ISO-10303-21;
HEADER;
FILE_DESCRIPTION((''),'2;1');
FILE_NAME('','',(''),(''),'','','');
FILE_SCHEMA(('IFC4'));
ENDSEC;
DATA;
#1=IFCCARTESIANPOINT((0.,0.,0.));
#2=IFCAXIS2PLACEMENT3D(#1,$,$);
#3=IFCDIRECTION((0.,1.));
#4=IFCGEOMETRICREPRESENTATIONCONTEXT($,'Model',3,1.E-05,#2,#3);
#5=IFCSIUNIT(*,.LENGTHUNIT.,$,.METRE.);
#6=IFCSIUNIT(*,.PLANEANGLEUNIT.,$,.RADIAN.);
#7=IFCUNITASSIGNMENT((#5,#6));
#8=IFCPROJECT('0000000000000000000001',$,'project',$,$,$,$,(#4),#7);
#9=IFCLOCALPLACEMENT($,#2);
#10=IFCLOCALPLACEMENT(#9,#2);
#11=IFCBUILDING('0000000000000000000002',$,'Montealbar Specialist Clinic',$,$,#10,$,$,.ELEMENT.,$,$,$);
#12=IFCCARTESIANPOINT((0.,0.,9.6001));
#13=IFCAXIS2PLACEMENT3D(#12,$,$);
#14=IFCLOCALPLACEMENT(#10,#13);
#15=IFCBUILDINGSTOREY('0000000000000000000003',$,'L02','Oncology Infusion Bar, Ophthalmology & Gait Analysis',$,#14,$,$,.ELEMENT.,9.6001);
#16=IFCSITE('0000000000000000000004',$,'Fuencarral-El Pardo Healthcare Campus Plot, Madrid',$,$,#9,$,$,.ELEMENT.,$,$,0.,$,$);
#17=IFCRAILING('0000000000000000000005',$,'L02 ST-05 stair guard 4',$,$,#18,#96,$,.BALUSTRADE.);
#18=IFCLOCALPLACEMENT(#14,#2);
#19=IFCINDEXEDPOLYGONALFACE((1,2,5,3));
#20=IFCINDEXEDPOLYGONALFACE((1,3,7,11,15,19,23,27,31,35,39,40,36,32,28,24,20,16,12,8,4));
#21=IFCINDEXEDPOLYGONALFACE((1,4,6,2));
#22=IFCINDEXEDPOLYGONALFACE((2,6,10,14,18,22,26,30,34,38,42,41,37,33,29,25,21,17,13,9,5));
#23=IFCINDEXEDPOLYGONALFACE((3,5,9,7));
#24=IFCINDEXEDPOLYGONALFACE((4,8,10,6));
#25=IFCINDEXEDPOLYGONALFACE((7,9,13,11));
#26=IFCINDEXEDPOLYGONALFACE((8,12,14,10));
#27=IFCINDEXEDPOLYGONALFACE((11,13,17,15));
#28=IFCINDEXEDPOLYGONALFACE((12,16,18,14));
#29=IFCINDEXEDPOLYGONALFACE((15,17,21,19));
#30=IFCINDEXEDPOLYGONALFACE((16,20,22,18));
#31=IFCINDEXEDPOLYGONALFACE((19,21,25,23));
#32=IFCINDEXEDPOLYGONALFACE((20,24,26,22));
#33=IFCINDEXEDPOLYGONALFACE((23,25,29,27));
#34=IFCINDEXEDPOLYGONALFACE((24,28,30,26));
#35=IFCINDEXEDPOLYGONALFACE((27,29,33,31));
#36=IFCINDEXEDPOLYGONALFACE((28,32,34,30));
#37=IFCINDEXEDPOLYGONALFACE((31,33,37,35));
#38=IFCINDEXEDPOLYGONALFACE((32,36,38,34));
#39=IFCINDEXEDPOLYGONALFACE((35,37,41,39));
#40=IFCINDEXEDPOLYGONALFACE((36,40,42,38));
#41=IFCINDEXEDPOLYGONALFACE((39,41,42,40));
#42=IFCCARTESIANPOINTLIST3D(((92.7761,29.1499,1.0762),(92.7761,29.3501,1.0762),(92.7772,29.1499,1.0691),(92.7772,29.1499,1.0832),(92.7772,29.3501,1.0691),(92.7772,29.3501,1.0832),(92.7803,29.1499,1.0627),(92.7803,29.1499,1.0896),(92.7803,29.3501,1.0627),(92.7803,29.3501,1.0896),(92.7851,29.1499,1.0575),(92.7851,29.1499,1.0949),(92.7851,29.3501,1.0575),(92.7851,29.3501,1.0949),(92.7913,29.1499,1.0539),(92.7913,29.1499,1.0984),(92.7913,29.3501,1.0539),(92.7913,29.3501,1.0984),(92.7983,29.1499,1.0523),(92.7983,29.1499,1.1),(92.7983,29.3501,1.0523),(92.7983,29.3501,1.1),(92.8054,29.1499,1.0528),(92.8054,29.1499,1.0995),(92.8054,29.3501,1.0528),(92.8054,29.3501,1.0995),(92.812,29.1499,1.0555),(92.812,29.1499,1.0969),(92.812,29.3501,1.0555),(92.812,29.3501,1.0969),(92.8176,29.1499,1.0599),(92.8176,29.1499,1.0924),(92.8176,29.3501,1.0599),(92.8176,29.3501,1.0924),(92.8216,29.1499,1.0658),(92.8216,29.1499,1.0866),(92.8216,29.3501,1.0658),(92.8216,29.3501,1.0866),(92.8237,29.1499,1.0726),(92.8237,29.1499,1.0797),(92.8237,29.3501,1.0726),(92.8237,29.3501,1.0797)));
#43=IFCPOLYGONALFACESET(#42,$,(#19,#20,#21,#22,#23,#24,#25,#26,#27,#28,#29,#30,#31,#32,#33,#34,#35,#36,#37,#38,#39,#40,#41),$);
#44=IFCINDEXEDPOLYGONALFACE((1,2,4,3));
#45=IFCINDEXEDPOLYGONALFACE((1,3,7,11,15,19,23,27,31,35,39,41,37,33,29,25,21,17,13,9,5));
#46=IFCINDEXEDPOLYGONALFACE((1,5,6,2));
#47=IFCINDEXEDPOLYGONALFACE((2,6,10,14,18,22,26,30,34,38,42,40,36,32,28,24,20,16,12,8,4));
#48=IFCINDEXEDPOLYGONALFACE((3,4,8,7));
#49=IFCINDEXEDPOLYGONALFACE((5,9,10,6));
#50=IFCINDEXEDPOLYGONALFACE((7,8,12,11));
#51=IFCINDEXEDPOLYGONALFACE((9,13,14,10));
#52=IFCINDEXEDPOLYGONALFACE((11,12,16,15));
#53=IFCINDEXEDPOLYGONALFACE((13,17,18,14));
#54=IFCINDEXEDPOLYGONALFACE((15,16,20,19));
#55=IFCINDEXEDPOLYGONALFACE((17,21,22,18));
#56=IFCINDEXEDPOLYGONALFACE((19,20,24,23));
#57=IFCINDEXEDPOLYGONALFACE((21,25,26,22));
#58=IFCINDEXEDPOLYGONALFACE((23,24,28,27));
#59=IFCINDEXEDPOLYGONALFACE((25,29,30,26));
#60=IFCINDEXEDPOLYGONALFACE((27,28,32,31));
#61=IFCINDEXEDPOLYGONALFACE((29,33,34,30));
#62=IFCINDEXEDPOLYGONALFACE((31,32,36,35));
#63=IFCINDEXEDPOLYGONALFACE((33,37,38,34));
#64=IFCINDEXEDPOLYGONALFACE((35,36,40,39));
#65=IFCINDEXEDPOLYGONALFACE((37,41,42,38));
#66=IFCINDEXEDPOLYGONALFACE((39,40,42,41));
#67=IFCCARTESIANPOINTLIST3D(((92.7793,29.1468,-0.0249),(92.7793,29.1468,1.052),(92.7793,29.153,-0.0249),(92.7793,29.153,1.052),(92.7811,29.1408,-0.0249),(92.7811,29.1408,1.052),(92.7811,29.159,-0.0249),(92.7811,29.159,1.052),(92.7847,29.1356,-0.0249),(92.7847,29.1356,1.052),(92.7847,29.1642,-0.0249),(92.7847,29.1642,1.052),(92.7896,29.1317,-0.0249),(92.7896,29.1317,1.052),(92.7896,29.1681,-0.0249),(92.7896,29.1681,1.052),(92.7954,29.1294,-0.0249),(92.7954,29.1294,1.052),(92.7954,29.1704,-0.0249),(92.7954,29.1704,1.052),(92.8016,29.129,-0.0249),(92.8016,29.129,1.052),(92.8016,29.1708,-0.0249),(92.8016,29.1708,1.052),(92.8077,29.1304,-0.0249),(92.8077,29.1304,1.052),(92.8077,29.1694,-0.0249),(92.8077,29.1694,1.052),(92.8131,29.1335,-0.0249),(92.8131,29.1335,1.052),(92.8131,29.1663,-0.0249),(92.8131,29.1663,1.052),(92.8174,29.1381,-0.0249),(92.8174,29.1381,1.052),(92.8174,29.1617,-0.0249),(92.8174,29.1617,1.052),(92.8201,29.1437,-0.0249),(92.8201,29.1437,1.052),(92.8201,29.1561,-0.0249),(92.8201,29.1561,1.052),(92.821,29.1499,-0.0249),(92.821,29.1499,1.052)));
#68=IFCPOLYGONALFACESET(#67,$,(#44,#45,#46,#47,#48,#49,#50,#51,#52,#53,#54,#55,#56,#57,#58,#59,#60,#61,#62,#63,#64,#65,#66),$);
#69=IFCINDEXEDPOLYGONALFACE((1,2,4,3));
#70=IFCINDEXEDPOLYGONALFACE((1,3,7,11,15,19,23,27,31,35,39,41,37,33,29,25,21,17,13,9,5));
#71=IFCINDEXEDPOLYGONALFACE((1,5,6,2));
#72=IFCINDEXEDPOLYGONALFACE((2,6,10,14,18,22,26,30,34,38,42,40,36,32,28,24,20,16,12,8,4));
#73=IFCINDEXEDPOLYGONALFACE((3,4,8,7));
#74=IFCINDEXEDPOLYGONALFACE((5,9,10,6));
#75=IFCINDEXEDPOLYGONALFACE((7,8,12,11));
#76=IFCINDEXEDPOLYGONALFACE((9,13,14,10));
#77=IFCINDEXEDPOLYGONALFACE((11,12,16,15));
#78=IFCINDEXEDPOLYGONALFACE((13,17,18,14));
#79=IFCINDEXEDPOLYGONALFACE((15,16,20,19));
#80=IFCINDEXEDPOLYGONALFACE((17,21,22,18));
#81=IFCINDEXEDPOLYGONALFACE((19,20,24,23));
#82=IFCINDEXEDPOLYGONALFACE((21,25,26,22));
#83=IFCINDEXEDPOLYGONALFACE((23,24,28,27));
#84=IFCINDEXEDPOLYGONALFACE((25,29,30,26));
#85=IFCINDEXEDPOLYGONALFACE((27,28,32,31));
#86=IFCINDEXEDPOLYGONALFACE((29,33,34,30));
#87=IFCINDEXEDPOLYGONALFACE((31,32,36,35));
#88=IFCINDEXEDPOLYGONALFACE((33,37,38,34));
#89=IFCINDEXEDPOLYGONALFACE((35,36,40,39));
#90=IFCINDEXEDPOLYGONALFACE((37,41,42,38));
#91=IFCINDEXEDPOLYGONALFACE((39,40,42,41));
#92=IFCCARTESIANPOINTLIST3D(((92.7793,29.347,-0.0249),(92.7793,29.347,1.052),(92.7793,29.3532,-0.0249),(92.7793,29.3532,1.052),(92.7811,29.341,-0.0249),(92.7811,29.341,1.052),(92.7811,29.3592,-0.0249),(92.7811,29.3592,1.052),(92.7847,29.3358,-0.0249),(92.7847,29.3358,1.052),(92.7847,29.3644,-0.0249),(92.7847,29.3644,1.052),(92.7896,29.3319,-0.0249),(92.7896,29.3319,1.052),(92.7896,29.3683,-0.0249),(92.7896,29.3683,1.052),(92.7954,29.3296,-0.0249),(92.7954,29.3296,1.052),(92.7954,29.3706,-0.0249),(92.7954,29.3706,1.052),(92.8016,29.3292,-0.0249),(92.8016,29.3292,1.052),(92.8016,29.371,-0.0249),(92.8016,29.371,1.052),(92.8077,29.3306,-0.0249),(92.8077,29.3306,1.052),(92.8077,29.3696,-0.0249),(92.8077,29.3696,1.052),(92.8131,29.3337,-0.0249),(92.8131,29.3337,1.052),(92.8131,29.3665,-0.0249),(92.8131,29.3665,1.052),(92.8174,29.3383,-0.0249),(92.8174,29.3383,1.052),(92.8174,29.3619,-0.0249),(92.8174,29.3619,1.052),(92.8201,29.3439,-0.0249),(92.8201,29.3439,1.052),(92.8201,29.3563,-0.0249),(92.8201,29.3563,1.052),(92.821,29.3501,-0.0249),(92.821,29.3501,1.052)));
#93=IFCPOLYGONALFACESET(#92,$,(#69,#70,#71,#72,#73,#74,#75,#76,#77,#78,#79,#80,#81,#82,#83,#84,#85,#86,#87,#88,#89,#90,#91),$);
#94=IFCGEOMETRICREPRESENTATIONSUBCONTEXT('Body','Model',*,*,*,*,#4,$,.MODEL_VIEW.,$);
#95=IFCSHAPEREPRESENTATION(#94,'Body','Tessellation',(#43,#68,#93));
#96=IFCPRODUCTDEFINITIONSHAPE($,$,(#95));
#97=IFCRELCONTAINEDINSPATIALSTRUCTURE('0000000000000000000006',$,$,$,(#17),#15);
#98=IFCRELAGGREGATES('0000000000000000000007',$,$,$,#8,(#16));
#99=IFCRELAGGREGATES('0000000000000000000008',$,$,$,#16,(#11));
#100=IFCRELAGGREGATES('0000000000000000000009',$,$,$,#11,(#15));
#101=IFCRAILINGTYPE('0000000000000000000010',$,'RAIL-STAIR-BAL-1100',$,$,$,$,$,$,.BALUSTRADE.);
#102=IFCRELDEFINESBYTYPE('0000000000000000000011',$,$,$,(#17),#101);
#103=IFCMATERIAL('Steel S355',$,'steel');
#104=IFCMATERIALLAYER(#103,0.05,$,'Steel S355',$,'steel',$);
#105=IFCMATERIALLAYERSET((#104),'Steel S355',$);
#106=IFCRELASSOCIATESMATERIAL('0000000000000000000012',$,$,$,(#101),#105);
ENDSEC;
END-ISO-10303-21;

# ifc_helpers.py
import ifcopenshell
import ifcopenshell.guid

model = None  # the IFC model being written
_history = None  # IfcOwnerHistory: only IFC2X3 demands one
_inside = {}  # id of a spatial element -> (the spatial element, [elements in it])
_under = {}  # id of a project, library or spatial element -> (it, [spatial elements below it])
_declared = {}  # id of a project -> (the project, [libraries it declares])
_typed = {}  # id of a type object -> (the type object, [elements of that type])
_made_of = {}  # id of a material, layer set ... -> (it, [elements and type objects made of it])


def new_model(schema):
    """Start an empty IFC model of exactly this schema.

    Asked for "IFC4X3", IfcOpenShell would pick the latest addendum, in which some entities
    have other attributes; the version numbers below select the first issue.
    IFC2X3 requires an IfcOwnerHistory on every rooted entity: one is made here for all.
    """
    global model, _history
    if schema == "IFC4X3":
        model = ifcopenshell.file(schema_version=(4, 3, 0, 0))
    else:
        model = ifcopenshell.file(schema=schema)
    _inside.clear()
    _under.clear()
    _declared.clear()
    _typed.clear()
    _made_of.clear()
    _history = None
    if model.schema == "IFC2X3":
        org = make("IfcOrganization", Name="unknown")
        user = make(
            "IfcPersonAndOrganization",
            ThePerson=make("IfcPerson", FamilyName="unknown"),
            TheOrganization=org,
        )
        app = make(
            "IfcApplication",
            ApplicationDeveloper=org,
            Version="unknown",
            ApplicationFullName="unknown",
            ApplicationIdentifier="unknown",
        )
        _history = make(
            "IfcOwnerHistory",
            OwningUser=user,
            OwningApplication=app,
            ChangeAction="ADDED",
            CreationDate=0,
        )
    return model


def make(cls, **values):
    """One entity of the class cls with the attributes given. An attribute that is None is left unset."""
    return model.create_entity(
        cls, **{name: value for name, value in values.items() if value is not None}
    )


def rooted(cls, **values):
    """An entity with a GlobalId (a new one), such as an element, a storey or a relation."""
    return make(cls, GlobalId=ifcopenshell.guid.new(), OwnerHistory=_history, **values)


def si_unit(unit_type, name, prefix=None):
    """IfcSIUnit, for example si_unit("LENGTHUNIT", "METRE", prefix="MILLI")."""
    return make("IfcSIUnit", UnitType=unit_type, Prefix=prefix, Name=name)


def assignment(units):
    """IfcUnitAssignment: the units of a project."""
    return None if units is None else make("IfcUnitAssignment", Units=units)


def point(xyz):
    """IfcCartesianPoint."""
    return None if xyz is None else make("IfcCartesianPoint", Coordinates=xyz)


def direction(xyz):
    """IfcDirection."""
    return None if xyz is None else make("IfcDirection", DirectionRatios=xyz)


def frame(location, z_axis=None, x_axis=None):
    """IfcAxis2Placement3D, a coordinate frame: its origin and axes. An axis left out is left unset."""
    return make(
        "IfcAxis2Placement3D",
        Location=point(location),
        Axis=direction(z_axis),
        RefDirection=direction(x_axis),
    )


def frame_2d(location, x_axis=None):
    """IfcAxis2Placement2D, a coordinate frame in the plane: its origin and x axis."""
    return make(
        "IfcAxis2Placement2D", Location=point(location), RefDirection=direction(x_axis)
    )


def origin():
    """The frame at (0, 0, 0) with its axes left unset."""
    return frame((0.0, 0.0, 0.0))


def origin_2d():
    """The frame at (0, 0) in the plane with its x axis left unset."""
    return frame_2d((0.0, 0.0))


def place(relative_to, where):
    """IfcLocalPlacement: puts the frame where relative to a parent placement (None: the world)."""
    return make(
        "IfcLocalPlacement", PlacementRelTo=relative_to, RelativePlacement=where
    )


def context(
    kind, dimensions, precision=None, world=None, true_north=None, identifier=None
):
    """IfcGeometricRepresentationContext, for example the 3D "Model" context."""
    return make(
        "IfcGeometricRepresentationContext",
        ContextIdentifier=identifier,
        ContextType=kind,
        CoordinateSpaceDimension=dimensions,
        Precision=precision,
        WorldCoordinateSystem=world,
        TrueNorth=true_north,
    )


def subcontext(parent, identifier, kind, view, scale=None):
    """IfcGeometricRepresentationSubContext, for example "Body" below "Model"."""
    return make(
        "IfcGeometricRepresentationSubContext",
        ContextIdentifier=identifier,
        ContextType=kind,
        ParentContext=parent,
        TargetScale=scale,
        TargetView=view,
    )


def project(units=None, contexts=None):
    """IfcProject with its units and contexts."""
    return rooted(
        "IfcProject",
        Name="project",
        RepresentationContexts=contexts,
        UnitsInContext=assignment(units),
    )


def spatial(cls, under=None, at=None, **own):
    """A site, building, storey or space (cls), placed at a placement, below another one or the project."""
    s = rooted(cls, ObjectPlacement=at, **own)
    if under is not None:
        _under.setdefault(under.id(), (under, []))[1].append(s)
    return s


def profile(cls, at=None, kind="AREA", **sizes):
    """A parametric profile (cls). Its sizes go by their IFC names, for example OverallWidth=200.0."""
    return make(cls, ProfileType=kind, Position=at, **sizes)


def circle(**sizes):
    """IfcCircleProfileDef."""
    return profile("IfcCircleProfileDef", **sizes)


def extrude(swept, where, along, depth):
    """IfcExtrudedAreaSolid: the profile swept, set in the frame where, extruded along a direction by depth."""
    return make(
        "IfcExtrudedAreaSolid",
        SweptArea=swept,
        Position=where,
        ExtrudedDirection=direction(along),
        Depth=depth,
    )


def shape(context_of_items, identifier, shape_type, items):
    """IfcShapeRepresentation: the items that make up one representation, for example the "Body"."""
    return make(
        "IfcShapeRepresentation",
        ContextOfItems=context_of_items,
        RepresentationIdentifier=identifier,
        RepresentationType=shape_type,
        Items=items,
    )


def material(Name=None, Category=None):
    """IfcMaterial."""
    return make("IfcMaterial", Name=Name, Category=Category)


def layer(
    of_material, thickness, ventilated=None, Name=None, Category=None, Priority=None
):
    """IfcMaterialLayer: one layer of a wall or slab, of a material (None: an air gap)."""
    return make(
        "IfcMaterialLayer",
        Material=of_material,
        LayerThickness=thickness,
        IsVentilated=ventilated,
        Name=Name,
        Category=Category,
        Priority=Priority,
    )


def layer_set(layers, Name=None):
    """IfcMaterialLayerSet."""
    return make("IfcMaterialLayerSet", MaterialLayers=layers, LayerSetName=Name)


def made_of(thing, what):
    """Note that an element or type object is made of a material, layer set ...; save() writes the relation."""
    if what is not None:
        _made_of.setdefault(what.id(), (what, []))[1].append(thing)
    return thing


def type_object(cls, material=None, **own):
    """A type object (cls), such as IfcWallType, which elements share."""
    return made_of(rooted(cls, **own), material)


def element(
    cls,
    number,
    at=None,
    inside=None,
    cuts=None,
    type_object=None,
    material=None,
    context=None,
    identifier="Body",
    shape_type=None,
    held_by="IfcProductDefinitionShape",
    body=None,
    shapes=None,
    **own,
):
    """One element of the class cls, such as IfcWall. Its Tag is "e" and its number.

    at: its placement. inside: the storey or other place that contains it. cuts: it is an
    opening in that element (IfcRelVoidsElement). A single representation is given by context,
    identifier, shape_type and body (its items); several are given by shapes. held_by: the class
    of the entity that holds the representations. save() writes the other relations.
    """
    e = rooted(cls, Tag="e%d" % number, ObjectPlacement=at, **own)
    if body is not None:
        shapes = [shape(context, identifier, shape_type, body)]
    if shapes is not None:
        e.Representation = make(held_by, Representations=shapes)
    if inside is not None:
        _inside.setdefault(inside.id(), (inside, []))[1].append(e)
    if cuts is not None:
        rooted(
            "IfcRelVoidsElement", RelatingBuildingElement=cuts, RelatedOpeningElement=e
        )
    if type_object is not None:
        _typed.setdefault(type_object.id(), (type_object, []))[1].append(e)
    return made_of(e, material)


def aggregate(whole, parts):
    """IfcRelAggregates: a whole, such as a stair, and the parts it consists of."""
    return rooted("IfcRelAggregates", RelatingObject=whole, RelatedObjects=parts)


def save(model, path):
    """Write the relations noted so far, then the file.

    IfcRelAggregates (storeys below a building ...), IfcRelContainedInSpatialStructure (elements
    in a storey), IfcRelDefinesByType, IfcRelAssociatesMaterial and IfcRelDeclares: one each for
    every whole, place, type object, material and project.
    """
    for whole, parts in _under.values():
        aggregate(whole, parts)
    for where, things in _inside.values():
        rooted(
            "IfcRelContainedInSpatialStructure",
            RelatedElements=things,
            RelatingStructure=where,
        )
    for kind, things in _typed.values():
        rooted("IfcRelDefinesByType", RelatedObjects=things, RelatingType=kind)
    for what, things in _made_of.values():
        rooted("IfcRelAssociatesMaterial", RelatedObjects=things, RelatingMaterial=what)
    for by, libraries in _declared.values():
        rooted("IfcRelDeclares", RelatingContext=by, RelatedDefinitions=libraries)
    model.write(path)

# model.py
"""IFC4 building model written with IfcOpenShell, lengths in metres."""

from ifc_helpers import new_model, si_unit, direction, frame, origin, origin_2d, place, context, subcontext, project, spatial, circle, extrude, material, layer, layer_set, type_object, element, save


model = new_model("IFC4")

# Units and contexts
model_context = context("Model", 3, precision=1e-05, world=origin(), true_north=direction((0.0, 1.0)))
body_context = subcontext(model_context, "Body", "Model", "MODEL_VIEW")
ifc_project = project(units=[si_unit("LENGTHUNIT", "METRE"), si_unit("PLANEANGLEUNIT", "RADIAN")], contexts=[model_context])

# Site, building, storey
site_placement = place(None, origin())
site = spatial("IfcSite", under=ifc_project, at=site_placement, Name="Fuencarral-El Pardo Healthcare Campus Plot, Madrid", CompositionType="ELEMENT", RefElevation=0.0)
building_placement = place(site_placement, origin())
building = spatial("IfcBuilding", under=site, at=building_placement, Name="Montealbar Specialist Clinic", CompositionType="ELEMENT")
storey_placement = place(building_placement, frame((0.0, 0.0, 9.6001)))
storey = spatial("IfcBuildingStorey", under=building, at=storey_placement, Name="L02", Description="Oncology Infusion Bar, Ophthalmology & Gait Analysis", CompositionType="ELEMENT", Elevation=9.6001)

# Shared definitions
ifc_material_1 = material(Name="Steel S355", Category="steel")

# Railing
ifc_layer_1 = layer(ifc_material_1, 0.05, Name="Steel S355", Category="steel")
ifc_layer_set_1 = layer_set([ifc_layer_1], Name="Steel S355")
railing_type = type_object("IfcRailingType", Name="RAIL-STAIR-BAL-1100", PredefinedType="BALUSTRADE", material=ifc_layer_set_1)
railing_1_placement = place(storey_placement, frame((92.8, 29.1499, 0.0)))
element("IfcRailing", 1, at=railing_1_placement, inside=storey, type_object=railing_type, Name="L02 ST-05 stair guard 4", PredefinedType="BALUSTRADE", context=body_context, shape_type="SweptSolid", body=[
    extrude(circle(Radius=0.0239, at=origin_2d()), frame((0.0, 0.0, 1.0762), z_axis=(0.0, 1.0, 0.0), x_axis=(-1.0, 0.0, 0.0)), (0.0, 0.0, 1.0), 0.2002),
    extrude(circle(Radius=0.021, at=origin_2d()), frame((0.0, 0.0, -0.0249)), (0.0, 0.0, 1.0), 1.0769),
    extrude(circle(Radius=0.021, at=origin_2d()), frame((0.0, 0.2002, -0.0249)), (0.0, 0.0, 1.0), 1.0769),
])

save(model, "model.ifc")
